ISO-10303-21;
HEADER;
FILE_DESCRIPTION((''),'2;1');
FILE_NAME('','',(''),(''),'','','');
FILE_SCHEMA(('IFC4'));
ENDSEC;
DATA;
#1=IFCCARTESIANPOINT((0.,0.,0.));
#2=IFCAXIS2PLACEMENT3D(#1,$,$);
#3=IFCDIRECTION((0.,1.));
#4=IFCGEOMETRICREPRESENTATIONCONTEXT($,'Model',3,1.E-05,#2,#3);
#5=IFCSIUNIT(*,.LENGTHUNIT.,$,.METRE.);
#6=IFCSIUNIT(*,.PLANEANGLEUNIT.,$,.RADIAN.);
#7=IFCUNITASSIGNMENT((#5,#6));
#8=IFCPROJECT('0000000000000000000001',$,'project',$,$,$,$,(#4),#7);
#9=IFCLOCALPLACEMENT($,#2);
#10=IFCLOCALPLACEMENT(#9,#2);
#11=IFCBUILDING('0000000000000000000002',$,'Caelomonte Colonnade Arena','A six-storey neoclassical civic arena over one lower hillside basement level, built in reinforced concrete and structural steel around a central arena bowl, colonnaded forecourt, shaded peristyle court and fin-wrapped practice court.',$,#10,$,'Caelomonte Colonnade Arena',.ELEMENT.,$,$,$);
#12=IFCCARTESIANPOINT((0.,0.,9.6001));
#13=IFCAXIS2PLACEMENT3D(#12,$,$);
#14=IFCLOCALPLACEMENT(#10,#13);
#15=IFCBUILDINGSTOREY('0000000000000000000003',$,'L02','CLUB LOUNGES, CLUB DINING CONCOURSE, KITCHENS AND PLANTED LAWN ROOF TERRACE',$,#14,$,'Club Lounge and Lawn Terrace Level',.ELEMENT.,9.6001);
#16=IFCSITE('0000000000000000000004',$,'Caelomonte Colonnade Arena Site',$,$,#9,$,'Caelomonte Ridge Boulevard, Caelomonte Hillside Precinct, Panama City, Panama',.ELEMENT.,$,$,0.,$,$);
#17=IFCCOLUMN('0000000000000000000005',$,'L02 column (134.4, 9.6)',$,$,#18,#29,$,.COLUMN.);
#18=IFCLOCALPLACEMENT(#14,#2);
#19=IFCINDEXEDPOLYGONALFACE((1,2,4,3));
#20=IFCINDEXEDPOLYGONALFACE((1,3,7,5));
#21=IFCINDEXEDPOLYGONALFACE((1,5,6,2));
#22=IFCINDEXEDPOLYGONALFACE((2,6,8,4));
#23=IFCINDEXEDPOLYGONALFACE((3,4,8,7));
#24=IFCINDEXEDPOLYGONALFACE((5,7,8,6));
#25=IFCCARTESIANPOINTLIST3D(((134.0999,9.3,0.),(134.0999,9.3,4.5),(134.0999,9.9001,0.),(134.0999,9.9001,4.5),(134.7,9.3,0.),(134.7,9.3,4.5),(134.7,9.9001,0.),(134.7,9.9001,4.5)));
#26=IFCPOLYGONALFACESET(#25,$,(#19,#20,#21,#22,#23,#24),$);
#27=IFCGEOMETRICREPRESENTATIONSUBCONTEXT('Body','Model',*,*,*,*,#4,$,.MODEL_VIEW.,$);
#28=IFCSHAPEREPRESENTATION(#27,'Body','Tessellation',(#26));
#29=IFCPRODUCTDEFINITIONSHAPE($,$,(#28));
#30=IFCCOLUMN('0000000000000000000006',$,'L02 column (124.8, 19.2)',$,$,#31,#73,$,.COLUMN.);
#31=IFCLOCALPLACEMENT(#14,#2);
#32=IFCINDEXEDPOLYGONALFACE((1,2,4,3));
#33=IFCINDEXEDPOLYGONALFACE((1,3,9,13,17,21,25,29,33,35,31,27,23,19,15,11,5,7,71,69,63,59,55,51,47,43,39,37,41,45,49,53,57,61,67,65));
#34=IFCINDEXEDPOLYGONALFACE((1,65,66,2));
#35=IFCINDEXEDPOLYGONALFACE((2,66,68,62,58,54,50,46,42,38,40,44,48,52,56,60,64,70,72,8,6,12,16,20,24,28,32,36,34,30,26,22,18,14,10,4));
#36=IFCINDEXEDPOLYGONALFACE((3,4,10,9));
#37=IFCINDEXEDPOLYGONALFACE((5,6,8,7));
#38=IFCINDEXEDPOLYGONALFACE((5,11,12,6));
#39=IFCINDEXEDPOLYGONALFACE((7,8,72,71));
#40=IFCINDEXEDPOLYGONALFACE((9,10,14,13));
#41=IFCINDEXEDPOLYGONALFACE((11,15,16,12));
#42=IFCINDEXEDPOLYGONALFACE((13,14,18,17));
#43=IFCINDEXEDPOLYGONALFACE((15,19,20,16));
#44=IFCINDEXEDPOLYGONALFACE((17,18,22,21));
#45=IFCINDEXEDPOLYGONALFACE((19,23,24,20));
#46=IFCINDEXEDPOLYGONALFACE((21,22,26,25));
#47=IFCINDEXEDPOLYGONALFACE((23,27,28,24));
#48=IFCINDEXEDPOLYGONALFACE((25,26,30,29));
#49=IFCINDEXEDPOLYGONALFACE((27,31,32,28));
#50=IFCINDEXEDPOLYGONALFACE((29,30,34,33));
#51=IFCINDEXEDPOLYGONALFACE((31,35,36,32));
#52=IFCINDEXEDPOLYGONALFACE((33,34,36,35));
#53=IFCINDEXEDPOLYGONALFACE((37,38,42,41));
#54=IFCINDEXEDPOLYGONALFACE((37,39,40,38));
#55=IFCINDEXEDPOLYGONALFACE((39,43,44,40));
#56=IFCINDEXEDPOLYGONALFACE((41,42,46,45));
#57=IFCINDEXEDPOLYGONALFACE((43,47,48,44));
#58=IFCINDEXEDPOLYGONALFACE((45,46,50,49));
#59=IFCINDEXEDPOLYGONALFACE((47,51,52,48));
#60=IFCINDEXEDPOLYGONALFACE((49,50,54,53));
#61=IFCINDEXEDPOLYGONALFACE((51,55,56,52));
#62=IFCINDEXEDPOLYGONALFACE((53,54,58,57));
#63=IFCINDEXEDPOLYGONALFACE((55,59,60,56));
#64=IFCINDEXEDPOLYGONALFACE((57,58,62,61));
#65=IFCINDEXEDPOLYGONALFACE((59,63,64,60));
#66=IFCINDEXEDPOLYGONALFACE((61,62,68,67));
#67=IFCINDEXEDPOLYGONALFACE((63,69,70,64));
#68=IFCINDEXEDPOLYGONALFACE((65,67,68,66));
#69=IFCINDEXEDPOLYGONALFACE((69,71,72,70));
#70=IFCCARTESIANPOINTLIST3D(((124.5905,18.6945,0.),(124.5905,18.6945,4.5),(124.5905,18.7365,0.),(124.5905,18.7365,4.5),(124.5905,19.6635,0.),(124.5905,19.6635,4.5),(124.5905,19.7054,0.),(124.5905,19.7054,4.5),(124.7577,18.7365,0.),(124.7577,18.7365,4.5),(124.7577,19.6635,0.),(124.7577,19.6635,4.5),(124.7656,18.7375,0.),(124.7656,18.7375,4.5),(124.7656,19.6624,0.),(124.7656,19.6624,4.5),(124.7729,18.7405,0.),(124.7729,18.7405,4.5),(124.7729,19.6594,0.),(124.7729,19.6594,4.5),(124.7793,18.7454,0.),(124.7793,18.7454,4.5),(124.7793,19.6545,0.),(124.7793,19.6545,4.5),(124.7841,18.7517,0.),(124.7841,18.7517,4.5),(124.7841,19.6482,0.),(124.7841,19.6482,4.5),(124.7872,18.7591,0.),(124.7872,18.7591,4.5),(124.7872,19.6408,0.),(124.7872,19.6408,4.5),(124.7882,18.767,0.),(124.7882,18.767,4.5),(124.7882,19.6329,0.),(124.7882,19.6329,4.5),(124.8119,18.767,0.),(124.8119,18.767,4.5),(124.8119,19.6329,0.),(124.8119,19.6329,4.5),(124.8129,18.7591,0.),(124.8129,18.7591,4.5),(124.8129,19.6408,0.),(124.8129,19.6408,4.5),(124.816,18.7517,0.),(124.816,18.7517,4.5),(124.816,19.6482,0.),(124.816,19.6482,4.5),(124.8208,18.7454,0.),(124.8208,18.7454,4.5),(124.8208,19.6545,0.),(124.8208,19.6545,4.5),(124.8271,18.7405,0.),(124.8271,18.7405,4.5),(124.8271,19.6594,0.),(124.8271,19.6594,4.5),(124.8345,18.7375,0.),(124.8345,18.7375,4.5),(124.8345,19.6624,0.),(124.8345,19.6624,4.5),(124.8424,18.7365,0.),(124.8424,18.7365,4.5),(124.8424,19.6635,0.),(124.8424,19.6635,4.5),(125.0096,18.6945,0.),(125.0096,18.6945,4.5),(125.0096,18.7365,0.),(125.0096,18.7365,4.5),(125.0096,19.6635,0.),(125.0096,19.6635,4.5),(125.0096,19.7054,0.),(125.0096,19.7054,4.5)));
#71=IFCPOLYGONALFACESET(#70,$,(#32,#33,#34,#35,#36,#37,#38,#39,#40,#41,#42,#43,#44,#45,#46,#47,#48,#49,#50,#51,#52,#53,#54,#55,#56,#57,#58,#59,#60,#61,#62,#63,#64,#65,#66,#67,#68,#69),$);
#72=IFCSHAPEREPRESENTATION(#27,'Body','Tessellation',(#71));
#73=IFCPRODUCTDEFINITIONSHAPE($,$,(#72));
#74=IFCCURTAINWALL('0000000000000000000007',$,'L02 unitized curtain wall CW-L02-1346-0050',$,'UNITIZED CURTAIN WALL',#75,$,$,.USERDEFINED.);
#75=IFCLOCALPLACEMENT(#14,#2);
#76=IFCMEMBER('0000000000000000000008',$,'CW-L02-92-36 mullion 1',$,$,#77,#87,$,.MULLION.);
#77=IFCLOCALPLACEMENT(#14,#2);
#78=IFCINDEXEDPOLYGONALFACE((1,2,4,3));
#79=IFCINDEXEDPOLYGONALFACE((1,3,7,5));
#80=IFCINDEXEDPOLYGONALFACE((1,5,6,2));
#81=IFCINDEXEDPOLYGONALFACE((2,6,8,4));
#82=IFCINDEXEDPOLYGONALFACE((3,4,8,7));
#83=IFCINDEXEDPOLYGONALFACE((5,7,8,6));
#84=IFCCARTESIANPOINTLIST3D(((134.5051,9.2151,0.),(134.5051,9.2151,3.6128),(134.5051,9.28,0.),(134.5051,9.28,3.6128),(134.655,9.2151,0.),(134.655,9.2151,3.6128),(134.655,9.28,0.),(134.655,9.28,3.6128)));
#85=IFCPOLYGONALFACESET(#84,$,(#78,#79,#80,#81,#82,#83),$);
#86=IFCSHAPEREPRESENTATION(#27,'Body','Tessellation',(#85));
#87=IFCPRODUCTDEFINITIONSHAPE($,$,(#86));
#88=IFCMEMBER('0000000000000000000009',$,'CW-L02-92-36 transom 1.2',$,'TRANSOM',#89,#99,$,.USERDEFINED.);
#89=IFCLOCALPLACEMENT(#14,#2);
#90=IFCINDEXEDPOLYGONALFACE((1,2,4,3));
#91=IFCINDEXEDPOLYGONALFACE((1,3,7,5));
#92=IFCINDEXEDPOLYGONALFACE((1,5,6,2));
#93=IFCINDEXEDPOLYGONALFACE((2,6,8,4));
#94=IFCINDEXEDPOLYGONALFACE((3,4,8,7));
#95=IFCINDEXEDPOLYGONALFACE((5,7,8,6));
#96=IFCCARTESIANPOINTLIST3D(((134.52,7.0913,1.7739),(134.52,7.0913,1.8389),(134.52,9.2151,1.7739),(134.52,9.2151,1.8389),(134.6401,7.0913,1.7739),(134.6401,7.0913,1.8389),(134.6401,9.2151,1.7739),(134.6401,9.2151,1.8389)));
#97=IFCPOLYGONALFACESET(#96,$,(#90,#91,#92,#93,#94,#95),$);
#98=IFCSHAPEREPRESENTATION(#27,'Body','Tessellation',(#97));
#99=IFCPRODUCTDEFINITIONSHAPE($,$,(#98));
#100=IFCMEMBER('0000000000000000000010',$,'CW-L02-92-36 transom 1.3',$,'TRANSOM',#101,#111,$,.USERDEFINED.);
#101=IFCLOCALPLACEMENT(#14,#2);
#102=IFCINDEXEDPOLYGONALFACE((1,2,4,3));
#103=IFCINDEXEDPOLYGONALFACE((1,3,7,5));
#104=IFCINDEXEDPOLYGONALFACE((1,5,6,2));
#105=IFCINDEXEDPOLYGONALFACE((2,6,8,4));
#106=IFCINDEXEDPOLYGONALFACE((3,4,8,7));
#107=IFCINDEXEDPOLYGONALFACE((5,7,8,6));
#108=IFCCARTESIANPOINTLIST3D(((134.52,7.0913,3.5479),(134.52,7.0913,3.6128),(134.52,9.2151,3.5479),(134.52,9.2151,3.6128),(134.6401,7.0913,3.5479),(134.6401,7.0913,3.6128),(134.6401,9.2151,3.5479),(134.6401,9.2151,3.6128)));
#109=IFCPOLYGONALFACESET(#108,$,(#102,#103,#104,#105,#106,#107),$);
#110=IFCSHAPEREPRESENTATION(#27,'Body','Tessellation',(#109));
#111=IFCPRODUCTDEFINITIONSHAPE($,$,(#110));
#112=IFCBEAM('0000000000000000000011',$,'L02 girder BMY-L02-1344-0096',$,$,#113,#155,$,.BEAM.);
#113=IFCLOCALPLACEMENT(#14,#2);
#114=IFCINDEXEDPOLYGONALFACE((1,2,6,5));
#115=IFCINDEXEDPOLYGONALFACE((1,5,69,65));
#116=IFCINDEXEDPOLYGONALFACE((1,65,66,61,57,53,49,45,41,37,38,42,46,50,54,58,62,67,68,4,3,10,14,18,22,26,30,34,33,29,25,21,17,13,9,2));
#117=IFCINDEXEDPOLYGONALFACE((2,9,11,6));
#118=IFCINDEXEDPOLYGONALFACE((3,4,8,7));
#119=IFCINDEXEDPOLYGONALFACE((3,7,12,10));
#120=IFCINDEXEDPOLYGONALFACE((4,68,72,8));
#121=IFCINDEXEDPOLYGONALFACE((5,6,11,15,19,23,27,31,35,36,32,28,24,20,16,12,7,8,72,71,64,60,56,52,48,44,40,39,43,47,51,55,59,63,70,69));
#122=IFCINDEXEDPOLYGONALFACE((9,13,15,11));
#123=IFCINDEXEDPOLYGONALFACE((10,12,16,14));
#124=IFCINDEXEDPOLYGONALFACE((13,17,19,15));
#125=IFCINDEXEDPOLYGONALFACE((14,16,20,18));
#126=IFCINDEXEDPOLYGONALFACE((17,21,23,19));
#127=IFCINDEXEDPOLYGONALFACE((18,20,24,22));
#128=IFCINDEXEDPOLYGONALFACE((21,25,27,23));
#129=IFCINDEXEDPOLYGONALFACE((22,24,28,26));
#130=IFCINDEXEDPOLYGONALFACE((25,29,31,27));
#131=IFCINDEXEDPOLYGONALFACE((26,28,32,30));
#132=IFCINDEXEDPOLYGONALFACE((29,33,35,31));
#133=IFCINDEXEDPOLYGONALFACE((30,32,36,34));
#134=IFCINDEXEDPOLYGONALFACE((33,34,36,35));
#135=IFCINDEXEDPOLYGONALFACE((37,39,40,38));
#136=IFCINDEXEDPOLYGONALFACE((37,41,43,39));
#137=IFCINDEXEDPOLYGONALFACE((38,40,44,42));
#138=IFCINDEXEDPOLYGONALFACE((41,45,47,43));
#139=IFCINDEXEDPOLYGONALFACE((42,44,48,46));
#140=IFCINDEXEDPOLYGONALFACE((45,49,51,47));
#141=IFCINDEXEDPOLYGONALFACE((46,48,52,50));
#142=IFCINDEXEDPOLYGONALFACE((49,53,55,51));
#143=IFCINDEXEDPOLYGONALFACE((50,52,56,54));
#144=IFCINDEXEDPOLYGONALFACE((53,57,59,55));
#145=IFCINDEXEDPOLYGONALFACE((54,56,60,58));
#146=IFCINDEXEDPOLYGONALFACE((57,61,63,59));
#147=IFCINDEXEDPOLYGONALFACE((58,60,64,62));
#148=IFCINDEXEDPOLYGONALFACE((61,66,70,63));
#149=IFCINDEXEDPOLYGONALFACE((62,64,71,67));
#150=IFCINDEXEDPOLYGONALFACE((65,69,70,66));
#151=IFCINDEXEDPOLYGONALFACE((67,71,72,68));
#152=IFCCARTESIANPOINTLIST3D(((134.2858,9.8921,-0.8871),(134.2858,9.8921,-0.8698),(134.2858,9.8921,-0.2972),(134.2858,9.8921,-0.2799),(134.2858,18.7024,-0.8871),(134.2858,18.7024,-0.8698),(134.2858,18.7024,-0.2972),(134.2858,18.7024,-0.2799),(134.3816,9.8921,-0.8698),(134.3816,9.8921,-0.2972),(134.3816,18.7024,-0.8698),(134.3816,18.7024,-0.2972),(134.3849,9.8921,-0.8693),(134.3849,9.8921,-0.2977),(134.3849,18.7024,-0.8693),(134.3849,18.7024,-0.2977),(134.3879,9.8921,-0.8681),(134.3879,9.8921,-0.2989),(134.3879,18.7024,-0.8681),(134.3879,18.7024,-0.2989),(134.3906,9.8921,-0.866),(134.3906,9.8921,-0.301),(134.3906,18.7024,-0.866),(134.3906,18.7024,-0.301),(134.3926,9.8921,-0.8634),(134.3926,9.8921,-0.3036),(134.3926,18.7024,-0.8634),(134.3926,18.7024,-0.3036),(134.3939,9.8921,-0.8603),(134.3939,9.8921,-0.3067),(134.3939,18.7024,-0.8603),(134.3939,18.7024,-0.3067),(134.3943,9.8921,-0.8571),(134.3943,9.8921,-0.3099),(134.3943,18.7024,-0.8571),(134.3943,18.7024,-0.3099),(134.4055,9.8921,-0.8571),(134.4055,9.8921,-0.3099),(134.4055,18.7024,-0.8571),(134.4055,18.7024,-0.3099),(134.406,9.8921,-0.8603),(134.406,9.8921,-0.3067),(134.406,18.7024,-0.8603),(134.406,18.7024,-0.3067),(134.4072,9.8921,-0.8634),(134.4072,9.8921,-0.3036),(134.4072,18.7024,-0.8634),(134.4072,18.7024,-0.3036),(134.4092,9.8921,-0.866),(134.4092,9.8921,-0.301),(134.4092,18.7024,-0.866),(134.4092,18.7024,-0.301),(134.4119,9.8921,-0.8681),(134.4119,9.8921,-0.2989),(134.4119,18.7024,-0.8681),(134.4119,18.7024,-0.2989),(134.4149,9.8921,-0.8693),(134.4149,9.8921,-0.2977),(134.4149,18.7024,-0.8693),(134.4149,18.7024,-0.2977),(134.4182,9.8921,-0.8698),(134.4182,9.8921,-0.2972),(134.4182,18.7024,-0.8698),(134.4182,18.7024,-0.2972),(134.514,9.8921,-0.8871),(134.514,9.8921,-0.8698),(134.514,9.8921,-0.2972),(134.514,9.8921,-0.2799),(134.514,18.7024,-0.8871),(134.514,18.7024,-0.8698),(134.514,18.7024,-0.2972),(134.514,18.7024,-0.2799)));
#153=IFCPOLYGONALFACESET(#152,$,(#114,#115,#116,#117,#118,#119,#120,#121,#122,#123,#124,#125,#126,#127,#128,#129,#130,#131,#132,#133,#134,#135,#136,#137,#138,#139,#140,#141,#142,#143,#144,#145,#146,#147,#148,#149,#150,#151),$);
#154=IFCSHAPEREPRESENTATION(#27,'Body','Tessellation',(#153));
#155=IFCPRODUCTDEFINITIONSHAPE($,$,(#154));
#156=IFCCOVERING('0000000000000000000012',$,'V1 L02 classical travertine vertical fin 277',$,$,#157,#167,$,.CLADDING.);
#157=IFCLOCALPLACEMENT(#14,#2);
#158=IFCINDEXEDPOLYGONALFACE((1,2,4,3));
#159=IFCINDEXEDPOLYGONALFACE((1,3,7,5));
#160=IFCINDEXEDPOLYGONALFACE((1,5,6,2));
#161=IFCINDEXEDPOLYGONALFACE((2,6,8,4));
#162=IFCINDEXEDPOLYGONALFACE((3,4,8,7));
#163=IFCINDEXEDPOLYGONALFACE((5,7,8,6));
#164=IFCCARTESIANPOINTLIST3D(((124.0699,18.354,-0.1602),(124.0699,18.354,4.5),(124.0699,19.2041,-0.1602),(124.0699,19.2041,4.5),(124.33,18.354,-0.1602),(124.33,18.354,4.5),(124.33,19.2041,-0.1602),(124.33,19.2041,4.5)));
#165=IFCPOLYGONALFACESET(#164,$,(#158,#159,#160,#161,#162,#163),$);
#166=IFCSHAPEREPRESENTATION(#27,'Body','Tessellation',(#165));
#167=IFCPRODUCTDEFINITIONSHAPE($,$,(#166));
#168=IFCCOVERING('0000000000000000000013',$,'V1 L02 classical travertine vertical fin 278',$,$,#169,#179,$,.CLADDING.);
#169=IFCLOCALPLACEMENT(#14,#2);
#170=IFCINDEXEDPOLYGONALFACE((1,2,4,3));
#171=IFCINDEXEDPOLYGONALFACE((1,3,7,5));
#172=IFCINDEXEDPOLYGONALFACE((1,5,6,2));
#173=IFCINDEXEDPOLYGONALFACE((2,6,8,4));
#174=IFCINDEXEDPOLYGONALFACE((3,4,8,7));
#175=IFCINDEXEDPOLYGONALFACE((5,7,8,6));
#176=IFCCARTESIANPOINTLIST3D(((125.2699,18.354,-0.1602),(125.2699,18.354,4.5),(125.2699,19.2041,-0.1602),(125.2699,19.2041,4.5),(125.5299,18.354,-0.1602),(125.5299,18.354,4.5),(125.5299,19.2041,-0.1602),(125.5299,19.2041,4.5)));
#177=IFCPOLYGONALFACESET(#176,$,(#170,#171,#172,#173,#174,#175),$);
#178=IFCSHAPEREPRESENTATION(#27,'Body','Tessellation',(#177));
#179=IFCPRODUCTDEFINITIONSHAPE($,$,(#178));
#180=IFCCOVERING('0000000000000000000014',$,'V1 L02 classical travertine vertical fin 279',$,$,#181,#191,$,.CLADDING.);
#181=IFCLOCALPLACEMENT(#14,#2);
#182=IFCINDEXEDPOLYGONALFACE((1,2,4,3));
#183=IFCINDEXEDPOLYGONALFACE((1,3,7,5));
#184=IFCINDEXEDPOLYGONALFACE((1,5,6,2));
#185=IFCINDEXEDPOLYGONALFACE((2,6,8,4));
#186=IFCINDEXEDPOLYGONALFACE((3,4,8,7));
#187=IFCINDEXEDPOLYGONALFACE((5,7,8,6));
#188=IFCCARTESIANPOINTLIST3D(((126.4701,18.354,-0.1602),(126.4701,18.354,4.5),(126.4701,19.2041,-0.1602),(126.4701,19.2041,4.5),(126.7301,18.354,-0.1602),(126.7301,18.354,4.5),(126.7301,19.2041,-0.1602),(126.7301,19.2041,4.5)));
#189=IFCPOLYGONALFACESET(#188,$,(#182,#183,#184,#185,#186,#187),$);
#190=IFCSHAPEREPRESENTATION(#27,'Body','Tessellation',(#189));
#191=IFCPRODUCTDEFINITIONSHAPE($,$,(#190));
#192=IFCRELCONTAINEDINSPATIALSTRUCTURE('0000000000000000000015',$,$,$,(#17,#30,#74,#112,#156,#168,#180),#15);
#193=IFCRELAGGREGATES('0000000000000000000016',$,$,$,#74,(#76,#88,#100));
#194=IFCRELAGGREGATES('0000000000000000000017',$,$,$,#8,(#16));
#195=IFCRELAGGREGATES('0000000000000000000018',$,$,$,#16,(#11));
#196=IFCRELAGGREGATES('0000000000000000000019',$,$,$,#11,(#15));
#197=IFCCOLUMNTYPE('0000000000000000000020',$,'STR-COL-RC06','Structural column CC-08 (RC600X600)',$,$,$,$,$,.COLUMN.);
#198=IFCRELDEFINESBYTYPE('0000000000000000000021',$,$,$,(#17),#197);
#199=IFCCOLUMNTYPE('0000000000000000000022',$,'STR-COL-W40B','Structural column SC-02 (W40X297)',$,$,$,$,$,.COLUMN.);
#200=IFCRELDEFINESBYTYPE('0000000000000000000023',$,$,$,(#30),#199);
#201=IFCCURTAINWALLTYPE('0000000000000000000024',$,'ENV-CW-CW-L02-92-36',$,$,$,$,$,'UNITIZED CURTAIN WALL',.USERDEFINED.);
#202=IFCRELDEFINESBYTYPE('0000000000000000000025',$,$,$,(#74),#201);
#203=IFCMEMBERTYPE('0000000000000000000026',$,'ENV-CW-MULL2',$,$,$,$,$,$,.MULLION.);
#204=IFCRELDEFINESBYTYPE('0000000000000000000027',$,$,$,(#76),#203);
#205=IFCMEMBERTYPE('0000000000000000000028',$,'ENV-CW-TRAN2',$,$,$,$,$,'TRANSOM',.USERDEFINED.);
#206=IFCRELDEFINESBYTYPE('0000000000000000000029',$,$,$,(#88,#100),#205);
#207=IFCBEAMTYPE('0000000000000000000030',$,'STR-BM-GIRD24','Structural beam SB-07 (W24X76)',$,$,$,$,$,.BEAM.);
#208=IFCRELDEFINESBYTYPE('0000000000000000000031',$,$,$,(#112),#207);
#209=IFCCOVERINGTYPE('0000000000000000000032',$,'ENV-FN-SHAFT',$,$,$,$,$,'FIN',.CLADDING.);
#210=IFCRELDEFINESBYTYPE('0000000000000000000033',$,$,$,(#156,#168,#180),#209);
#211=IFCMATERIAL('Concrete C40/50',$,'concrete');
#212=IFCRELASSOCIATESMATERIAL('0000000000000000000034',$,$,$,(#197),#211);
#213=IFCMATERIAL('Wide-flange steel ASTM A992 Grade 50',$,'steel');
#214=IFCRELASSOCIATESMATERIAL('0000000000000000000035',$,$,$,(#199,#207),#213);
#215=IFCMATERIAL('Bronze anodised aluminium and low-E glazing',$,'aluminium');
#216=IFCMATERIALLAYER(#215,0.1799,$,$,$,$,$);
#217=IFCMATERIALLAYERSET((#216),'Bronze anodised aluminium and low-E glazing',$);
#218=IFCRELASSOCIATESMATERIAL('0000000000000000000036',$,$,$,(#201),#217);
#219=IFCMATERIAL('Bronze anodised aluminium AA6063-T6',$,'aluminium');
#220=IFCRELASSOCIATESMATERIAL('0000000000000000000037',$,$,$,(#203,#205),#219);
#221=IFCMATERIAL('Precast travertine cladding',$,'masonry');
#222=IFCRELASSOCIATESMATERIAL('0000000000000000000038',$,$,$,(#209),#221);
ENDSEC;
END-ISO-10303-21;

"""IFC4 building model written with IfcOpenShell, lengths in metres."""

from ifc_helpers import new_model, si_unit, direction, frame, origin, origin_2d, place, context, subcontext, project, spatial, rectangle, i_section, extrude, material, layer, layer_set, material_profile, profile_set, type_object, element, aggregate, save


model = new_model("IFC4")

# Units and contexts
model_context = context("Model", 3, precision=1e-05, world=origin(), true_north=direction((0.0, 1.0)))
body_context = subcontext(model_context, "Body", "Model", "MODEL_VIEW")
ifc_project = project(units=[si_unit("LENGTHUNIT", "METRE"), si_unit("PLANEANGLEUNIT", "RADIAN")], contexts=[model_context])

# Site, building, storey
site_placement = place(None, origin())
site = spatial("IfcSite", under=ifc_project, at=site_placement, Name="Caelomonte Colonnade Arena Site", LongName="Caelomonte Ridge Boulevard, Caelomonte Hillside Precinct, Panama City, Panama", CompositionType="ELEMENT", RefElevation=0.0)
building_placement = place(site_placement, origin())
building = spatial("IfcBuilding", under=site, at=building_placement, Name="Caelomonte Colonnade Arena", Description="A six-storey neoclassical civic arena over one lower hillside basement level, built in reinforced concrete and structural steel around a central arena bowl, colonnaded forecourt, shaded peristyle court and fin-wrapped practice court.", LongName="Caelomonte Colonnade Arena", CompositionType="ELEMENT")
storey_placement = place(building_placement, frame((0.0, 0.0, 9.6001)))
storey = spatial("IfcBuildingStorey", under=building, at=storey_placement, Name="L02", Description="CLUB LOUNGES, CLUB DINING CONCOURSE, KITCHENS AND PLANTED LAWN ROOF TERRACE", LongName="Club Lounge and Lawn Terrace Level", CompositionType="ELEMENT", Elevation=9.6001)

# Columns
ifc_material_1 = material(Name="Concrete C40/50", Category="concrete")
ifc_material_profile_1 = material_profile(ifc_material_1, rectangle(XDim=0.6001, YDim=0.6001, at=origin_2d()), Name="RC600X600")
ifc_profile_set_1 = profile_set([ifc_material_profile_1], Name="Concrete C40/50")
column_type_1 = type_object("IfcColumnType", Name="STR-COL-RC06", Description="Structural column CC-08 (RC600X600)", PredefinedType="COLUMN", material=ifc_profile_set_1)
column_1_placement = place(storey_placement, frame((134.3999, 9.6001, 0.0), z_axis=(0.0, 0.0, 1.0), x_axis=(1.0, 0.0, 0.0)))
element("IfcColumn", 1, at=column_1_placement, inside=storey, type_object=column_type_1, Name="L02 column (134.4, 9.6)", PredefinedType="COLUMN", context=body_context, shape_type="SweptSolid", body=[
    extrude(rectangle(XDim=0.6001, YDim=0.6001, at=origin_2d()), origin(), (0.0, 0.0, 1.0), 4.5),
])
ifc_material_2 = material(Name="Wide-flange steel ASTM A992 Grade 50", Category="steel")
ifc_material_profile_2 = material_profile(ifc_material_2, i_section(OverallWidth=0.4192, OverallDepth=1.011, WebThickness=0.0237, FlangeThickness=0.042, FilletRadius=0.0305, at=origin_2d()), Name="W40X297")
ifc_profile_set_2 = profile_set([ifc_material_profile_2], Name="Wide-flange steel ASTM A992 Grade 50")
column_type_2 = type_object("IfcColumnType", Name="STR-COL-W40B", Description="Structural column SC-02 (W40X297)", PredefinedType="COLUMN", material=ifc_profile_set_2)
column_2_placement = place(storey_placement, frame((124.8, 19.2, 0.0), z_axis=(0.0, 0.0, 1.0), x_axis=(1.0, 0.0, 0.0)))
element("IfcColumn", 2, at=column_2_placement, inside=storey, type_object=column_type_2, Name="L02 column (124.8, 19.2)", PredefinedType="COLUMN", context=body_context, shape_type="SweptSolid", body=[
    extrude(i_section(OverallWidth=0.4192, OverallDepth=1.011, WebThickness=0.0237, FlangeThickness=0.042, FilletRadius=0.0305, at=origin_2d()), origin(), (0.0, 0.0, 1.0), 4.5),
])

# Curtain wall, members
ifc_material_3 = material(Name="Bronze anodised aluminium and low-E glazing", Category="aluminium")
ifc_layer = layer(ifc_material_3, 0.1799)
ifc_layer_set = layer_set([ifc_layer], Name="Bronze anodised aluminium and low-E glazing")
curtain_wall_type = type_object("IfcCurtainWallType", Name="ENV-CW-CW-L02-92-36", ElementType="UNITIZED CURTAIN WALL", PredefinedType="USERDEFINED", material=ifc_layer_set)
curtain_wall_placement = place(storey_placement, origin())
curtain_wall = element("IfcCurtainWall", 3, at=curtain_wall_placement, inside=storey, type_object=curtain_wall_type, Name="L02 unitized curtain wall CW-L02-1346-0050", ObjectType="UNITIZED CURTAIN WALL", PredefinedType="USERDEFINED")
ifc_material_4 = material(Name="Bronze anodised aluminium AA6063-T6", Category="aluminium")
ifc_material_profile_3 = material_profile(ifc_material_4, rectangle(XDim=0.0649, YDim=0.1499, at=origin_2d()), Name="CWM-65X150")
ifc_profile_set_3 = profile_set([ifc_material_profile_3], Name="Bronze anodised aluminium AA6063-T6")
member_type_1 = type_object("IfcMemberType", Name="ENV-CW-MULL2", PredefinedType="MULLION", material=ifc_profile_set_3)
member_1_placement = place(storey_placement, frame((134.5801, 9.2476, 0.0), z_axis=(0.0, 0.0, 1.0), x_axis=(0.0, -1.0, 0.0)))
member_1 = element("IfcMember", 4, at=member_1_placement, type_object=member_type_1, Name="CW-L02-92-36 mullion 1", PredefinedType="MULLION", context=body_context, shape_type="SweptSolid", body=[
    extrude(rectangle(XDim=0.0649, YDim=0.1499, at=origin_2d()), origin(), (0.0, 0.0, 1.0), 3.6128),
])
ifc_material_profile_4 = material_profile(ifc_material_4, rectangle(XDim=0.0649, YDim=0.1201, at=origin_2d()), Name="CWT-65X120")
ifc_profile_set_4 = profile_set([ifc_material_profile_4], Name="Bronze anodised aluminium AA6063-T6")
member_type_2 = type_object("IfcMemberType", Name="ENV-CW-TRAN2", ElementType="TRANSOM", PredefinedType="USERDEFINED", material=ifc_profile_set_4)
member_2_placement = place(storey_placement, frame((134.5801, 9.2151, 1.8064), z_axis=(0.0, -1.0, 0.0), x_axis=(0.0, 0.0, 1.0)))
member_2 = element("IfcMember", 5, at=member_2_placement, type_object=member_type_2, Name="CW-L02-92-36 transom 1.2", ObjectType="TRANSOM", PredefinedType="USERDEFINED", context=body_context, shape_type="SweptSolid", body=[
    extrude(rectangle(XDim=0.0649, YDim=0.1201, at=origin_2d()), origin(), (0.0, 0.0, 1.0), 2.1238),
])
member_3_placement = place(storey_placement, frame((134.5801, 9.2151, 3.5803), z_axis=(0.0, -1.0, 0.0), x_axis=(0.0, 0.0, 1.0)))
member_3 = element("IfcMember", 6, at=member_3_placement, type_object=member_type_2, Name="CW-L02-92-36 transom 1.3", ObjectType="TRANSOM", PredefinedType="USERDEFINED", context=body_context, shape_type="SweptSolid", body=[
    extrude(rectangle(XDim=0.0649, YDim=0.1201, at=origin_2d()), origin(), (0.0, 0.0, 1.0), 2.1238),
])
aggregate(curtain_wall, [member_1, member_2, member_3])

# Beam
ifc_material_profile_5 = material_profile(ifc_material_2, i_section(OverallWidth=0.2283, OverallDepth=0.6072, WebThickness=0.0112, FlangeThickness=0.0173, FilletRadius=0.0127, at=origin_2d()), Name="W24X76")
ifc_profile_set_5 = profile_set([ifc_material_profile_5], Name="Wide-flange steel ASTM A992 Grade 50")
beam_type = type_object("IfcBeamType", Name="STR-BM-GIRD24", Description="Structural beam SB-07 (W24X76)", PredefinedType="BEAM", material=ifc_profile_set_5)
beam_placement = place(storey_placement, frame((134.3999, 9.8921, -0.5835), z_axis=(0.0, 1.0, 0.0), x_axis=(-1.0, 0.0, 0.0)))
element("IfcBeam", 7, at=beam_placement, inside=storey, type_object=beam_type, Name="L02 girder BMY-L02-1344-0096", PredefinedType="BEAM", context=body_context, shape_type="SweptSolid", body=[
    extrude(i_section(OverallWidth=0.2283, OverallDepth=0.6072, WebThickness=0.0112, FlangeThickness=0.0173, FilletRadius=0.0127, at=origin_2d()), origin(), (0.0, 0.0, 1.0), 8.8103),
])

# Coverings
ifc_material_5 = material(Name="Precast travertine cladding", Category="masonry")
ifc_material_profile_6 = material_profile(ifc_material_5, rectangle(XDim=0.26, YDim=0.8501, at=origin_2d()), Name="FIN260X850")
ifc_profile_set_6 = profile_set([ifc_material_profile_6], Name="Precast travertine cladding")
covering_type = type_object("IfcCoveringType", Name="ENV-FN-SHAFT", ElementType="FIN", PredefinedType="CLADDING", material=ifc_profile_set_6)
for number, where, z_axis, x_axis, name in (
    (8, (124.2, 18.7791, -0.1602), (0.0, 0.0, 1.0), (-1.0, 0.0, 0.0), "V1 L02 classical travertine vertical fin 277"),
    (9, (125.3999, 18.7791, -0.1602), (0.0, 0.0, 1.0), (-1.0, 0.0, 0.0), "V1 L02 classical travertine vertical fin 278"),
    (10, (126.6001, 18.7791, -0.1602), (0.0, 0.0, 1.0), (-1.0, 0.0, 0.0), "V1 L02 classical travertine vertical fin 279"),
):
    element("IfcCovering", number, at=place(storey_placement, frame(where, z_axis=z_axis, x_axis=x_axis)), inside=storey, type_object=covering_type, Name=name, PredefinedType="CLADDING", context=body_context, shape_type="SweptSolid", body=[
        extrude(rectangle(XDim=0.26, YDim=0.8501, at=origin_2d()), origin(), (0.0, 0.0, 1.0), 4.6602),
    ])

save(model, "model.ifc")
